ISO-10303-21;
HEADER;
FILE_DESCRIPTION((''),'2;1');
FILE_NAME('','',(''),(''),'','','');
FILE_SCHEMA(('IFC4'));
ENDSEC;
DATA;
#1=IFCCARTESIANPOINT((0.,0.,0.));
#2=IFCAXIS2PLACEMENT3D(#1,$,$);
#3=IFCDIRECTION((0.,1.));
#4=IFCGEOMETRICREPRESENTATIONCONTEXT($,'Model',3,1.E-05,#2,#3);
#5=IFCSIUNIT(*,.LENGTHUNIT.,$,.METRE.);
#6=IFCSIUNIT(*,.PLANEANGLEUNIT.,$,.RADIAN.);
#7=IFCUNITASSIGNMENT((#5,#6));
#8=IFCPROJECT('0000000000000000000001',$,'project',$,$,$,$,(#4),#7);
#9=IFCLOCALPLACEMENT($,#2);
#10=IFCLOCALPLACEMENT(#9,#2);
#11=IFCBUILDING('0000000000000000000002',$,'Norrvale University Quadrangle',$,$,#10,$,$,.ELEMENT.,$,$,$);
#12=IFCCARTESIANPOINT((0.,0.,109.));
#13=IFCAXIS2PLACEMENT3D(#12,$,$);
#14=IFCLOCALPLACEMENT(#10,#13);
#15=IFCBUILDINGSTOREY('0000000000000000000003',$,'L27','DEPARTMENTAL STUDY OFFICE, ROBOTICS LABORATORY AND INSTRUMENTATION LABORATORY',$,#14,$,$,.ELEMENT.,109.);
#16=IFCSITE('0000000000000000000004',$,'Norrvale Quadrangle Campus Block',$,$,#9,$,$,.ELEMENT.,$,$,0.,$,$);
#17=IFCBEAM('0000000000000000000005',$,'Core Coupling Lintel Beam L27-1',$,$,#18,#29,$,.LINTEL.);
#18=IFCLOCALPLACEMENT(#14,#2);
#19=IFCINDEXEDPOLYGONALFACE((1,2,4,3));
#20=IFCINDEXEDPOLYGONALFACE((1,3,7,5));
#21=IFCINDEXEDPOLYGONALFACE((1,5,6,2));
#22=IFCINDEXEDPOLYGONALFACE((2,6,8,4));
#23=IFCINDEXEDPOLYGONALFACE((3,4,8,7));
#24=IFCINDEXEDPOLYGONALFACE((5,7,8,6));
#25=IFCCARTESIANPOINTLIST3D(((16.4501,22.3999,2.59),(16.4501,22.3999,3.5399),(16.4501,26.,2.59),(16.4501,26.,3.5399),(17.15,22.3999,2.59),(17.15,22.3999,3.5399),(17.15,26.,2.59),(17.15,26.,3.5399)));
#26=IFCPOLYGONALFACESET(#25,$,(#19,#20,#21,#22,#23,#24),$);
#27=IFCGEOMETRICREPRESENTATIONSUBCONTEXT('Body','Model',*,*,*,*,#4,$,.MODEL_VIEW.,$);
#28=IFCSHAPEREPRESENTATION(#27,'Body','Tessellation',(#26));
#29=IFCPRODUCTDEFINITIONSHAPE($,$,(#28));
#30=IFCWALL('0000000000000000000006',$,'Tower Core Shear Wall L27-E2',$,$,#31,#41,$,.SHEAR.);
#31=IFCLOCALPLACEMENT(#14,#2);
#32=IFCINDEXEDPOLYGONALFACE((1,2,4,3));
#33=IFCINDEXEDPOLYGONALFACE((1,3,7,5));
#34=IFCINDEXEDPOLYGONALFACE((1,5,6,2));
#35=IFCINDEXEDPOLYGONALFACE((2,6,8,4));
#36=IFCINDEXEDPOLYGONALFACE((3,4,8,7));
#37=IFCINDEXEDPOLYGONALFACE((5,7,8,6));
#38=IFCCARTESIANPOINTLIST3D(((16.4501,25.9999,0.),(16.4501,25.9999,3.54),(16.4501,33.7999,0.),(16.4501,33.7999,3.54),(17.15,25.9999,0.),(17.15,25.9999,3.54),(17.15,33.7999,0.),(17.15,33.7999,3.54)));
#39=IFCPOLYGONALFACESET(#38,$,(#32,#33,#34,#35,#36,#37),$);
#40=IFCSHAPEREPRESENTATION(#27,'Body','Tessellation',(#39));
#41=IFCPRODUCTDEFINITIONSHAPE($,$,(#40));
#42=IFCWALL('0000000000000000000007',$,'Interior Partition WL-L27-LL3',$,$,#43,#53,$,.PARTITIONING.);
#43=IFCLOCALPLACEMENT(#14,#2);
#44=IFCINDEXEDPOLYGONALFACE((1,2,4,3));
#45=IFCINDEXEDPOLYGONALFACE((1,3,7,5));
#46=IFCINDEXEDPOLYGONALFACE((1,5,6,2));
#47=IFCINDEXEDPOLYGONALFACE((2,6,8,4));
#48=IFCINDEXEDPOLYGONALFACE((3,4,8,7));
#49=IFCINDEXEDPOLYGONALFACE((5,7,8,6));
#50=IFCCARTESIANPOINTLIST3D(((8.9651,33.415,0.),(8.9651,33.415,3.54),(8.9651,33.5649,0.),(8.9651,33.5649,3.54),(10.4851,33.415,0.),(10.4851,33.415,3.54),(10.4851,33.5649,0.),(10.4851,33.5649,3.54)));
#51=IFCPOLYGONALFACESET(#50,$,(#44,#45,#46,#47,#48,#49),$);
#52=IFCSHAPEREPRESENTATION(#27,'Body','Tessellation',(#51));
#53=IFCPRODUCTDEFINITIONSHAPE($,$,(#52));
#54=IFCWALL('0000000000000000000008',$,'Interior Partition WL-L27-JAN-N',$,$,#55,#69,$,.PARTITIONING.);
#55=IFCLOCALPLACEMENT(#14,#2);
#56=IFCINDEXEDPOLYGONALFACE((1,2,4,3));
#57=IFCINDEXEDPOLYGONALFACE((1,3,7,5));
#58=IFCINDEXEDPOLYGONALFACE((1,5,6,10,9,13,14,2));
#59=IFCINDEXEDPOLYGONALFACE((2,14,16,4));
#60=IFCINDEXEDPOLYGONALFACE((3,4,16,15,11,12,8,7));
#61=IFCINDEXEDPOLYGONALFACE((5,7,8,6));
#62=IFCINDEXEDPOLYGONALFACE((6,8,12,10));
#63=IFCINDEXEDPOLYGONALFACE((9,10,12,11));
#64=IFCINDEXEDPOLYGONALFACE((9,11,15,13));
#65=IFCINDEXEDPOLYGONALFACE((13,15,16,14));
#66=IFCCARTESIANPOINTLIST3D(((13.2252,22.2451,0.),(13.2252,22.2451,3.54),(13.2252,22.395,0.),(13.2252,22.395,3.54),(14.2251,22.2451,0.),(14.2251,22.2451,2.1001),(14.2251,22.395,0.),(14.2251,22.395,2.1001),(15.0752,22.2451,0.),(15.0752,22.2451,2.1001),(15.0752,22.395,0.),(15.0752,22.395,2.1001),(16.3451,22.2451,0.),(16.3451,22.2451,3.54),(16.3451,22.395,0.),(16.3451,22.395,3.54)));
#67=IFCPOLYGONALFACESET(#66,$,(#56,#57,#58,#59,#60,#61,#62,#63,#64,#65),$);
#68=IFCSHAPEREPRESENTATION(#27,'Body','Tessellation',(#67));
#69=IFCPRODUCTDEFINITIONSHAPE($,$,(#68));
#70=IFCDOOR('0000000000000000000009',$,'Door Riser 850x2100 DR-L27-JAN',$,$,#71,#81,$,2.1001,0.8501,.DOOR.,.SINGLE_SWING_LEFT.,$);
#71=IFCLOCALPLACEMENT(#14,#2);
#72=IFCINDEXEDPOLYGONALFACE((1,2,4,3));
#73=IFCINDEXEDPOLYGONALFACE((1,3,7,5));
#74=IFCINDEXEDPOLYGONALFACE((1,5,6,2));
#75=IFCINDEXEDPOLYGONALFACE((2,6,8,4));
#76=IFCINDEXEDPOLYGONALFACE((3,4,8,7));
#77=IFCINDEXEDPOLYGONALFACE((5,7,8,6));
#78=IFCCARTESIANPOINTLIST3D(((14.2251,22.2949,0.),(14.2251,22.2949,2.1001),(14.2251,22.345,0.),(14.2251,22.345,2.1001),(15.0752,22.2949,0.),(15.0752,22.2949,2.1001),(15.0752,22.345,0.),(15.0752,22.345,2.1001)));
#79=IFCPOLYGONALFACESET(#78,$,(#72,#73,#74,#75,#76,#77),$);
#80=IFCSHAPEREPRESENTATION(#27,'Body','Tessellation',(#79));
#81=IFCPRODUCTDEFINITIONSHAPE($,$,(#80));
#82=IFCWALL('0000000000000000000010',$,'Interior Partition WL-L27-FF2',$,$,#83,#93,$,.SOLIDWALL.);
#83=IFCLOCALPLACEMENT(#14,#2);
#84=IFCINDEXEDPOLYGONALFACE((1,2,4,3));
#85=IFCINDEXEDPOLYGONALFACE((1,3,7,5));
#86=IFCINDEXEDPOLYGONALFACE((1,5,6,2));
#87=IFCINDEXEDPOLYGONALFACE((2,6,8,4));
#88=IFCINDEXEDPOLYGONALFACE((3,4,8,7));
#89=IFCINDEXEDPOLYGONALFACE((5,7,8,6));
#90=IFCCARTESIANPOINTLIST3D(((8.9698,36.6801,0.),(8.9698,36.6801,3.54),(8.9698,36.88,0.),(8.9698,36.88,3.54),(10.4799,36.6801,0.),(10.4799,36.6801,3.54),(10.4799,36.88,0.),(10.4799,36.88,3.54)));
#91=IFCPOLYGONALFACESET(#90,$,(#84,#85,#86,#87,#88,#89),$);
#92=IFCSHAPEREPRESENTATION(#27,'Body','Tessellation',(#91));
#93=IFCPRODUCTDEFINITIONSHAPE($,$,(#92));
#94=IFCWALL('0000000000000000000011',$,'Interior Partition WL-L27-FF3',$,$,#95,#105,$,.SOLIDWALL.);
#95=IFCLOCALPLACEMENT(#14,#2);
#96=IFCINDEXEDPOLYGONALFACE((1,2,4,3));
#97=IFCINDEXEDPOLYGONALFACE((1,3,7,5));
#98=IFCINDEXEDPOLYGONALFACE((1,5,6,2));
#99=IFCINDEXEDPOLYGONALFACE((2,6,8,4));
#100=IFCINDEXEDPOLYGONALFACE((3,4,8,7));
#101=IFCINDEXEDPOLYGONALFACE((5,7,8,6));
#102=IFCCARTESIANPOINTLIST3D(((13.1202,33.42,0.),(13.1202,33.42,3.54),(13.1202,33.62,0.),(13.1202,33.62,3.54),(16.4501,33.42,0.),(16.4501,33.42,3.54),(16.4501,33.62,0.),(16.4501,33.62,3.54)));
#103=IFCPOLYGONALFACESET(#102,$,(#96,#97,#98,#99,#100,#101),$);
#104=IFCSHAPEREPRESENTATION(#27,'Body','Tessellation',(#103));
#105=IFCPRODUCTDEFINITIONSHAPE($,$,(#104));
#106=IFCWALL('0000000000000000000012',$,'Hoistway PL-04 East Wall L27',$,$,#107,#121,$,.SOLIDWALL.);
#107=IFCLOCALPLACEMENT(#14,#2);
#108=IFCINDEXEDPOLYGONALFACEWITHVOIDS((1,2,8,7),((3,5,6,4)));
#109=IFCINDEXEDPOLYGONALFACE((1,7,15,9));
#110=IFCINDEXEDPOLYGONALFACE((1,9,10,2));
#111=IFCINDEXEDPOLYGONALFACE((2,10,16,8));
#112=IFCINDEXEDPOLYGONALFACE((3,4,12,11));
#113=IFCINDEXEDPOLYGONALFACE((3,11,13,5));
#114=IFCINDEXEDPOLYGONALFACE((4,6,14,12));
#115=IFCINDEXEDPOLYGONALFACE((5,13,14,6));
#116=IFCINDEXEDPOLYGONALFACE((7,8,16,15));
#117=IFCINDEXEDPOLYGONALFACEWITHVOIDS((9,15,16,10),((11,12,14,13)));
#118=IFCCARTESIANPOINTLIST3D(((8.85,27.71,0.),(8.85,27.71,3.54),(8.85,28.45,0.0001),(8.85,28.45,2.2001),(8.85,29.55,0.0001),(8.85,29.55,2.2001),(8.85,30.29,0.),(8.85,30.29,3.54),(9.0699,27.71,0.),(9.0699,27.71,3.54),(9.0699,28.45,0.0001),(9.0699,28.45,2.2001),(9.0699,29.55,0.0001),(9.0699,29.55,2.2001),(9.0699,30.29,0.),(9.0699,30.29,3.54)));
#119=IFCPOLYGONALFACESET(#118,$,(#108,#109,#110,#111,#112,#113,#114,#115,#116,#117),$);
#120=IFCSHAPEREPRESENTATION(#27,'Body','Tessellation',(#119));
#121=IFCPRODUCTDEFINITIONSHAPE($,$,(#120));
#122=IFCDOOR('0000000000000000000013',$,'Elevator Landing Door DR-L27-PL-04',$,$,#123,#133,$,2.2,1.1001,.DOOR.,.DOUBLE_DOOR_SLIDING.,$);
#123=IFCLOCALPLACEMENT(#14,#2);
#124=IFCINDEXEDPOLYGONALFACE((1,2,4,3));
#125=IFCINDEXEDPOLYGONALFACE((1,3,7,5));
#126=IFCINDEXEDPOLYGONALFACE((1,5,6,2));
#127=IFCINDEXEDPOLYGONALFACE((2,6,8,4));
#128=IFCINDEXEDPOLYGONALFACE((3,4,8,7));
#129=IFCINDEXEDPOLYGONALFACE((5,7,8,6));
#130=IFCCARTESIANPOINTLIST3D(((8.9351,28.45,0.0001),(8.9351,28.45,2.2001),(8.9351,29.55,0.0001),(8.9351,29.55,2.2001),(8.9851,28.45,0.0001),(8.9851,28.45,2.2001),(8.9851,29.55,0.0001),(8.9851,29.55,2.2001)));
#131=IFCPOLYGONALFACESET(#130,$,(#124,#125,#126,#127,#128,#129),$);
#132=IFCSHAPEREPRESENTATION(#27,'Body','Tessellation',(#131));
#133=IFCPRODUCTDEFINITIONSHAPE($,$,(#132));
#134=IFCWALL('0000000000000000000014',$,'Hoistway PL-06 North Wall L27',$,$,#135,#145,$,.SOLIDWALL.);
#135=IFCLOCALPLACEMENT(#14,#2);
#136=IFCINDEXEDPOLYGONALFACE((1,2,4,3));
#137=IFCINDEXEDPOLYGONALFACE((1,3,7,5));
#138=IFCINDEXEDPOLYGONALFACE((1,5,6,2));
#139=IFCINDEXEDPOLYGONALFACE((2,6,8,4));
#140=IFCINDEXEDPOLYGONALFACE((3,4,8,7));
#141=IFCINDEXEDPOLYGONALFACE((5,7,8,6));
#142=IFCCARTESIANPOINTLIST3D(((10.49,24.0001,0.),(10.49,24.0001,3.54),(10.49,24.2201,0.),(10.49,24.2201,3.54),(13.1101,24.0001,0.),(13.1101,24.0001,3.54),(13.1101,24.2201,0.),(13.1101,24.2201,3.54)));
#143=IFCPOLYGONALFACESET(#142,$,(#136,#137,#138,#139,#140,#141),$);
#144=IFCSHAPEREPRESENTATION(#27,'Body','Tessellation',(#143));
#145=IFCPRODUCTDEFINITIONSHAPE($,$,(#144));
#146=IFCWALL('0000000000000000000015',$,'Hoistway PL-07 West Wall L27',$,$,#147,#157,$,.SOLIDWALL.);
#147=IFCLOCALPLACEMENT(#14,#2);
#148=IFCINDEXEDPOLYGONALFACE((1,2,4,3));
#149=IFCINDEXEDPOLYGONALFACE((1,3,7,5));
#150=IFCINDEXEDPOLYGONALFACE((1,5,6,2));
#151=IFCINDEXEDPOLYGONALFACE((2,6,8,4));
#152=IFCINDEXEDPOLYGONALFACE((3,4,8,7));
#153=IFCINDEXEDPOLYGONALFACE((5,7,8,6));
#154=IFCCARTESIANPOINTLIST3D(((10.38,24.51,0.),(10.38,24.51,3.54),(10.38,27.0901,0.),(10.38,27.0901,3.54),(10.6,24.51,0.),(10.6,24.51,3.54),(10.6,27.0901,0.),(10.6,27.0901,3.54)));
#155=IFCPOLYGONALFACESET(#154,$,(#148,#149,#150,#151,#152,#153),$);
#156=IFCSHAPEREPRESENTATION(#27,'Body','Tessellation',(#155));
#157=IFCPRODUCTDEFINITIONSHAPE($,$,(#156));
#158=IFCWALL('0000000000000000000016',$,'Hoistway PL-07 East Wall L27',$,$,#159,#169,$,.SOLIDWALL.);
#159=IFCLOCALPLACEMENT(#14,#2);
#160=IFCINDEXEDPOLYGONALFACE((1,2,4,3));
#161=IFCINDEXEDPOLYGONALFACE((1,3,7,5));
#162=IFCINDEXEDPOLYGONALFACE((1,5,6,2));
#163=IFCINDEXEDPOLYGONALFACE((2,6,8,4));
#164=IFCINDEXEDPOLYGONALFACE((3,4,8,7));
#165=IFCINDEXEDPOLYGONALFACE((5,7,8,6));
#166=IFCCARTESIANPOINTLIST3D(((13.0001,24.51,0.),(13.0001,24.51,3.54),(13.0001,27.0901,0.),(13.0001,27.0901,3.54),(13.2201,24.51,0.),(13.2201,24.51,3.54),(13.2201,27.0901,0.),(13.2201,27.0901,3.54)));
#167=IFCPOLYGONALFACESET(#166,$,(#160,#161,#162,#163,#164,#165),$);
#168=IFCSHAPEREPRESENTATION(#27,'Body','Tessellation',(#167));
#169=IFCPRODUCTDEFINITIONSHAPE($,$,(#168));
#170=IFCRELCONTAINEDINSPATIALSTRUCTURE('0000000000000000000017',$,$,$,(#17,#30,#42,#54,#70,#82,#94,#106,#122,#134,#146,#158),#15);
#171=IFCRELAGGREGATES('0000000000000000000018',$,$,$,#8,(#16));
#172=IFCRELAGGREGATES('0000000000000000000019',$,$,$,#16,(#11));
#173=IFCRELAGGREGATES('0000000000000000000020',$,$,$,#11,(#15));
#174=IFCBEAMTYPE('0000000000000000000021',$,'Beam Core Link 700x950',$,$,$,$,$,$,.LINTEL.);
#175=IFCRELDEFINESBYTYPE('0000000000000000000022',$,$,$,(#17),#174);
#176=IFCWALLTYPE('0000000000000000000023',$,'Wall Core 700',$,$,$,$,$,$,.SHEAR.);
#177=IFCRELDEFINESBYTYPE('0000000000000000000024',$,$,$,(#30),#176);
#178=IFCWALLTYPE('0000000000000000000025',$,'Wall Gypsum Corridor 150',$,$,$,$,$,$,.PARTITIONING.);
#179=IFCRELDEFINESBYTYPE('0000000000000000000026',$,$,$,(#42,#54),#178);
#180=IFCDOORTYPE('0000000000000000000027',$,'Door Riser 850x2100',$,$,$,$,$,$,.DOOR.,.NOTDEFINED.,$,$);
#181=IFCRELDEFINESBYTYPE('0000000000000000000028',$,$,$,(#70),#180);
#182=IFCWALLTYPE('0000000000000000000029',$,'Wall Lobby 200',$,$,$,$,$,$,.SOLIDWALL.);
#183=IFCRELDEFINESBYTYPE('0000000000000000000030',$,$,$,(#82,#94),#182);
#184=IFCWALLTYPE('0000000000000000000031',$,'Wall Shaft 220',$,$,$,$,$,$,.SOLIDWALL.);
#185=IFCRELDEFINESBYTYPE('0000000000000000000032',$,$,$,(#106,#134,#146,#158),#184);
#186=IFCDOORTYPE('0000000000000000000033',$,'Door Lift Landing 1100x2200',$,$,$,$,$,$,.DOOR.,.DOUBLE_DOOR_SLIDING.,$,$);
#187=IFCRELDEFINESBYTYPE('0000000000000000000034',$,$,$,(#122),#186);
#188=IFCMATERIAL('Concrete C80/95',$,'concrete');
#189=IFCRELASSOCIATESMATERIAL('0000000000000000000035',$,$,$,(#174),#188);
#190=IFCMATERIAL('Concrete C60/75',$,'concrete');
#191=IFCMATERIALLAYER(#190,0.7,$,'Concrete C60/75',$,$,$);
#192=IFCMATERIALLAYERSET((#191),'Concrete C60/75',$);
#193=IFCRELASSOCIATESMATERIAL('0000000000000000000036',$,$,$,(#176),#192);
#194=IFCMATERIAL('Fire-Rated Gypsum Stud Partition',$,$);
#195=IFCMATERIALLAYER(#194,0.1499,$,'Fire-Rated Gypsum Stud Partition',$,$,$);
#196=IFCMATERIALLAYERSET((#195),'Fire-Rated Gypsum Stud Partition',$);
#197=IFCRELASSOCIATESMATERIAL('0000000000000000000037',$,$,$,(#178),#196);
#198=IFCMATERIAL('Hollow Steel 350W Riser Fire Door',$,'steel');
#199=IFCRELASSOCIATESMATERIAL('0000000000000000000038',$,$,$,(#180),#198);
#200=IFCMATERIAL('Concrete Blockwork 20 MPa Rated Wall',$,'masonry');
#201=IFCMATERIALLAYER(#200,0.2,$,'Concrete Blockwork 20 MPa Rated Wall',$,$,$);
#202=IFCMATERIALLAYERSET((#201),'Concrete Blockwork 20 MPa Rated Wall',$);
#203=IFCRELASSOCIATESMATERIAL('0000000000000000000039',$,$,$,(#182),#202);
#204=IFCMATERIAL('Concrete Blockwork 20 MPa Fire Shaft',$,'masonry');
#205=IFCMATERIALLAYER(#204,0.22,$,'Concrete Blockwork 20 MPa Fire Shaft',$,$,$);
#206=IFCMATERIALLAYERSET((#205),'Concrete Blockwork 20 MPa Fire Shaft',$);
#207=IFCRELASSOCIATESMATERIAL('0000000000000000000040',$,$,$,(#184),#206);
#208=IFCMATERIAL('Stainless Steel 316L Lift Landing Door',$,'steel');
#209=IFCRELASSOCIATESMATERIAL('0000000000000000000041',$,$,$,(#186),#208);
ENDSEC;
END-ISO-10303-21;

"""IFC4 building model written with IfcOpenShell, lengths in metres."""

from ifc_helpers import new_model, si_unit, direction, frame, frame_2d, origin, origin_2d, place, context, subcontext, project, spatial, rectangle, extrude, material, layer, layer_set, material_profile, profile_set, type_object, element, fill, save


model = new_model("IFC4")

# Units and contexts
model_context = context("Model", 3, precision=1e-05, world=origin(), true_north=direction((0.0, 1.0)))
body_context = subcontext(model_context, "Body", "Model", "MODEL_VIEW")
ifc_project = project(units=[si_unit("LENGTHUNIT", "METRE"), si_unit("PLANEANGLEUNIT", "RADIAN")], contexts=[model_context])

# Site, building, storey
site_placement = place(None, origin())
site = spatial("IfcSite", under=ifc_project, at=site_placement, Name="Norrvale Quadrangle Campus Block", CompositionType="ELEMENT", RefElevation=0.0)
building_placement = place(site_placement, origin())
building = spatial("IfcBuilding", under=site, at=building_placement, Name="Norrvale University Quadrangle", CompositionType="ELEMENT")
storey_placement = place(building_placement, frame((0.0, 0.0, 109.0)))
storey = spatial("IfcBuildingStorey", under=building, at=storey_placement, Name="L27", Description="DEPARTMENTAL STUDY OFFICE, ROBOTICS LABORATORY AND INSTRUMENTATION LABORATORY", CompositionType="ELEMENT", Elevation=109.0)

# Beam
ifc_material_1 = material(Name="Concrete C80/95", Category="concrete")
ifc_material_profile = material_profile(ifc_material_1, rectangle(XDim=0.7, YDim=0.95, at=origin_2d()), Name="Concrete C80/95")
ifc_profile_set = profile_set([ifc_material_profile], Name="Concrete C80/95")
beam_type = type_object("IfcBeamType", Name="Beam Core Link 700x950", PredefinedType="LINTEL", material=ifc_profile_set)
beam_placement = place(storey_placement, frame((16.8, 22.3999, 3.0649), z_axis=(0.0, 1.0, 0.0), x_axis=(-1.0, 0.0, 0.0)))
element("IfcBeam", 1, at=beam_placement, inside=storey, type_object=beam_type, Name="Core Coupling Lintel Beam L27-1", PredefinedType="LINTEL", context=body_context, shape_type="SweptSolid", body=[
    extrude(rectangle(XDim=0.7, YDim=0.95, at=origin_2d()), origin(), (0.0, 0.0, 1.0), 3.6001),
])

# Walls
ifc_material_2 = material(Name="Concrete C60/75", Category="concrete")
ifc_layer_1 = layer(ifc_material_2, 0.7, Name="Concrete C60/75")
ifc_layer_set_1 = layer_set([ifc_layer_1], Name="Concrete C60/75")
wall_type_1 = type_object("IfcWallType", Name="Wall Core 700", PredefinedType="SHEAR", material=ifc_layer_set_1)
wall_1_placement = place(storey_placement, frame((16.8, 26.0, 0.0), z_axis=(0.0, 0.0, 1.0), x_axis=(0.0, 1.0, 0.0)))
element("IfcWall", 2, at=wall_1_placement, inside=storey, type_object=wall_type_1, Name="Tower Core Shear Wall L27-E2", PredefinedType="SHEAR", context=body_context, shape_type="SweptSolid", body=[
    extrude(rectangle(XDim=7.8, YDim=0.7, at=frame_2d((3.8999, 0.0))), origin(), (0.0, 0.0, 1.0), 3.54),
])
ifc_material_3 = material(Name="Fire-Rated Gypsum Stud Partition")
ifc_layer_2 = layer(ifc_material_3, 0.1499, Name="Fire-Rated Gypsum Stud Partition")
ifc_layer_set_2 = layer_set([ifc_layer_2], Name="Fire-Rated Gypsum Stud Partition")
wall_type_2 = type_object("IfcWallType", Name="Wall Gypsum Corridor 150", PredefinedType="PARTITIONING", material=ifc_layer_set_2)
wall_2_placement = place(storey_placement, frame((8.9651, 33.49, 0.0), z_axis=(0.0, 0.0, 1.0), x_axis=(1.0, 0.0, 0.0)))
element("IfcWall", 3, at=wall_2_placement, inside=storey, type_object=wall_type_2, Name="Interior Partition WL-L27-LL3", PredefinedType="PARTITIONING", context=body_context, shape_type="SweptSolid", body=[
    extrude(rectangle(XDim=1.52, YDim=0.1499, at=frame_2d((0.76, 0.0))), origin(), (0.0, 0.0, 1.0), 3.54),
])

# Wall, opening, door
wall_3_placement = place(storey_placement, frame((13.2251, 22.3201, 0.0), z_axis=(0.0, 0.0, 1.0), x_axis=(1.0, 0.0, 0.0)))
wall_3 = element("IfcWall", 4, at=wall_3_placement, inside=storey, type_object=wall_type_2, Name="Interior Partition WL-L27-JAN-N", PredefinedType="PARTITIONING", context=body_context, shape_type="SweptSolid", body=[
    extrude(rectangle(XDim=3.1199, YDim=0.1499, at=frame_2d((1.5601, 0.0))), origin(), (0.0, 0.0, 1.0), 3.54),
])
opening_1_placement = place(wall_3_placement, frame((1.0, 0.0, 0.0)))
opening_1 = element("IfcOpeningElement", 5, at=opening_1_placement, cuts=wall_3, PredefinedType="OPENING", context=body_context, shape_type="SweptSolid", body=[
    extrude(rectangle(XDim=0.8501, YDim=2.1001, at=frame_2d((0.425, 1.05))), frame((0.0, 0.0869, 0.0), z_axis=(0.0, -1.0, 0.0), x_axis=(1.0, 0.0, 0.0)), (0.0, 0.0, 1.0), 0.1738),
])
ifc_material_4 = material(Name="Hollow Steel 350W Riser Fire Door", Category="steel")
door_type_1 = type_object("IfcDoorType", Name="Door Riser 850x2100", OperationType="NOTDEFINED", PredefinedType="DOOR", material=ifc_material_4)
door_1_placement = place(opening_1_placement, origin())
door_1 = element("IfcDoor", 6, at=door_1_placement, inside=storey, type_object=door_type_1, Name="Door Riser 850x2100 DR-L27-JAN", OperationType="SINGLE_SWING_LEFT", OverallHeight=2.1001, OverallWidth=0.8501, PredefinedType="DOOR", context=body_context, shape_type="SweptSolid", body=[
    extrude(rectangle(XDim=0.8501, YDim=2.1001, at=frame_2d((0.425, 1.05))), frame((0.0, 0.0249, 0.0), z_axis=(0.0, -1.0, 0.0), x_axis=(1.0, 0.0, 0.0)), (0.0, 0.0, 1.0), 0.05),
])
fill(opening_1, door_1)

# Walls
ifc_material_5 = material(Name="Concrete Blockwork 20 MPa Rated Wall", Category="masonry")
ifc_layer_3 = layer(ifc_material_5, 0.2, Name="Concrete Blockwork 20 MPa Rated Wall")
ifc_layer_set_3 = layer_set([ifc_layer_3], Name="Concrete Blockwork 20 MPa Rated Wall")
wall_type_3 = type_object("IfcWallType", Name="Wall Lobby 200", PredefinedType="SOLIDWALL", material=ifc_layer_set_3)
wall_4_placement = place(storey_placement, frame((8.97, 36.78, 0.0), z_axis=(0.0, 0.0, 1.0), x_axis=(1.0, 0.0, 0.0)))
element("IfcWall", 7, at=wall_4_placement, inside=storey, type_object=wall_type_3, Name="Interior Partition WL-L27-FF2", PredefinedType="SOLIDWALL", context=body_context, shape_type="SweptSolid", body=[
    extrude(rectangle(XDim=1.51, YDim=0.2, at=frame_2d((0.7549, 0.0))), origin(), (0.0, 0.0, 1.0), 3.54),
])
wall_5_placement = place(storey_placement, frame((13.1201, 33.52, 0.0), z_axis=(0.0, 0.0, 1.0), x_axis=(1.0, 0.0, 0.0)))
element("IfcWall", 8, at=wall_5_placement, inside=storey, type_object=wall_type_3, Name="Interior Partition WL-L27-FF3", PredefinedType="SOLIDWALL", context=body_context, shape_type="SweptSolid", body=[
    extrude(rectangle(XDim=3.3298, YDim=0.2, at=frame_2d((1.665, 0.0))), origin(), (0.0, 0.0, 1.0), 3.54),
])

# Wall, opening, door
ifc_material_6 = material(Name="Concrete Blockwork 20 MPa Fire Shaft", Category="masonry")
ifc_layer_4 = layer(ifc_material_6, 0.22, Name="Concrete Blockwork 20 MPa Fire Shaft")
ifc_layer_set_4 = layer_set([ifc_layer_4], Name="Concrete Blockwork 20 MPa Fire Shaft")
wall_type_4 = type_object("IfcWallType", Name="Wall Shaft 220", PredefinedType="SOLIDWALL", material=ifc_layer_set_4)
wall_6_placement = place(storey_placement, frame((8.96, 27.71, 0.0), z_axis=(0.0, 0.0, 1.0), x_axis=(0.0, 1.0, 0.0)))
wall_6 = element("IfcWall", 9, at=wall_6_placement, inside=storey, type_object=wall_type_4, Name="Hoistway PL-04 East Wall L27", PredefinedType="SOLIDWALL", context=body_context, shape_type="SweptSolid", body=[
    extrude(rectangle(XDim=2.5801, YDim=0.22, at=frame_2d((1.29, 0.0))), origin(), (0.0, 0.0, 1.0), 3.54),
])
opening_2_placement = place(wall_6_placement, frame((0.74, 0.0, 0.0)))
opening_2 = element("IfcOpeningElement", 10, at=opening_2_placement, cuts=wall_6, PredefinedType="OPENING", context=body_context, shape_type="SweptSolid", body=[
    extrude(rectangle(XDim=1.1001, YDim=2.2, at=frame_2d((0.55, 1.1001))), frame((0.0, 0.1221, 0.0), z_axis=(0.0, -1.0, 0.0), x_axis=(1.0, 0.0, 0.0)), (0.0, 0.0, 1.0), 0.2439),
])
ifc_material_7 = material(Name="Stainless Steel 316L Lift Landing Door", Category="steel")
door_type_2 = type_object("IfcDoorType", Name="Door Lift Landing 1100x2200", OperationType="DOUBLE_DOOR_SLIDING", PredefinedType="DOOR", material=ifc_material_7)
door_2_placement = place(opening_2_placement, origin())
door_2 = element("IfcDoor", 11, at=door_2_placement, inside=storey, type_object=door_type_2, Name="Elevator Landing Door DR-L27-PL-04", OperationType="DOUBLE_DOOR_SLIDING", OverallHeight=2.2, OverallWidth=1.1001, PredefinedType="DOOR", context=body_context, shape_type="SweptSolid", body=[
    extrude(rectangle(XDim=1.1001, YDim=2.2, at=frame_2d((0.55, 1.1001))), frame((0.0, 0.0249, 0.0), z_axis=(0.0, -1.0, 0.0), x_axis=(1.0, 0.0, 0.0)), (0.0, 0.0, 1.0), 0.05),
])
fill(opening_2, door_2)

# Walls
wall_7_placement = place(storey_placement, frame((10.49, 24.1101, 0.0), z_axis=(0.0, 0.0, 1.0), x_axis=(1.0, 0.0, 0.0)))
element("IfcWall", 12, at=wall_7_placement, inside=storey, type_object=wall_type_4, Name="Hoistway PL-06 North Wall L27", PredefinedType="SOLIDWALL", context=body_context, shape_type="SweptSolid", body=[
    extrude(rectangle(XDim=2.6201, YDim=0.22, at=frame_2d((1.3101, 0.0))), origin(), (0.0, 0.0, 1.0), 3.54),
])
for number, where, z_axis, x_axis, name in (
    (13, (10.49, 24.51, 0.0), (0.0, 0.0, 1.0), (0.0, 1.0, 0.0), "Hoistway PL-07 West Wall L27"),
    (14, (13.1101, 24.51, 0.0), (0.0, 0.0, 1.0), (0.0, 1.0, 0.0), "Hoistway PL-07 East Wall L27"),
):
    element("IfcWall", number, at=place(storey_placement, frame(where, z_axis=z_axis, x_axis=x_axis)), inside=storey, type_object=wall_type_4, Name=name, PredefinedType="SOLIDWALL", context=body_context, shape_type="SweptSolid", body=[
        extrude(rectangle(XDim=2.5801, YDim=0.22, at=frame_2d((1.29, 0.0))), origin(), (0.0, 0.0, 1.0), 3.54),
    ])

save(model, "model.ifc")
